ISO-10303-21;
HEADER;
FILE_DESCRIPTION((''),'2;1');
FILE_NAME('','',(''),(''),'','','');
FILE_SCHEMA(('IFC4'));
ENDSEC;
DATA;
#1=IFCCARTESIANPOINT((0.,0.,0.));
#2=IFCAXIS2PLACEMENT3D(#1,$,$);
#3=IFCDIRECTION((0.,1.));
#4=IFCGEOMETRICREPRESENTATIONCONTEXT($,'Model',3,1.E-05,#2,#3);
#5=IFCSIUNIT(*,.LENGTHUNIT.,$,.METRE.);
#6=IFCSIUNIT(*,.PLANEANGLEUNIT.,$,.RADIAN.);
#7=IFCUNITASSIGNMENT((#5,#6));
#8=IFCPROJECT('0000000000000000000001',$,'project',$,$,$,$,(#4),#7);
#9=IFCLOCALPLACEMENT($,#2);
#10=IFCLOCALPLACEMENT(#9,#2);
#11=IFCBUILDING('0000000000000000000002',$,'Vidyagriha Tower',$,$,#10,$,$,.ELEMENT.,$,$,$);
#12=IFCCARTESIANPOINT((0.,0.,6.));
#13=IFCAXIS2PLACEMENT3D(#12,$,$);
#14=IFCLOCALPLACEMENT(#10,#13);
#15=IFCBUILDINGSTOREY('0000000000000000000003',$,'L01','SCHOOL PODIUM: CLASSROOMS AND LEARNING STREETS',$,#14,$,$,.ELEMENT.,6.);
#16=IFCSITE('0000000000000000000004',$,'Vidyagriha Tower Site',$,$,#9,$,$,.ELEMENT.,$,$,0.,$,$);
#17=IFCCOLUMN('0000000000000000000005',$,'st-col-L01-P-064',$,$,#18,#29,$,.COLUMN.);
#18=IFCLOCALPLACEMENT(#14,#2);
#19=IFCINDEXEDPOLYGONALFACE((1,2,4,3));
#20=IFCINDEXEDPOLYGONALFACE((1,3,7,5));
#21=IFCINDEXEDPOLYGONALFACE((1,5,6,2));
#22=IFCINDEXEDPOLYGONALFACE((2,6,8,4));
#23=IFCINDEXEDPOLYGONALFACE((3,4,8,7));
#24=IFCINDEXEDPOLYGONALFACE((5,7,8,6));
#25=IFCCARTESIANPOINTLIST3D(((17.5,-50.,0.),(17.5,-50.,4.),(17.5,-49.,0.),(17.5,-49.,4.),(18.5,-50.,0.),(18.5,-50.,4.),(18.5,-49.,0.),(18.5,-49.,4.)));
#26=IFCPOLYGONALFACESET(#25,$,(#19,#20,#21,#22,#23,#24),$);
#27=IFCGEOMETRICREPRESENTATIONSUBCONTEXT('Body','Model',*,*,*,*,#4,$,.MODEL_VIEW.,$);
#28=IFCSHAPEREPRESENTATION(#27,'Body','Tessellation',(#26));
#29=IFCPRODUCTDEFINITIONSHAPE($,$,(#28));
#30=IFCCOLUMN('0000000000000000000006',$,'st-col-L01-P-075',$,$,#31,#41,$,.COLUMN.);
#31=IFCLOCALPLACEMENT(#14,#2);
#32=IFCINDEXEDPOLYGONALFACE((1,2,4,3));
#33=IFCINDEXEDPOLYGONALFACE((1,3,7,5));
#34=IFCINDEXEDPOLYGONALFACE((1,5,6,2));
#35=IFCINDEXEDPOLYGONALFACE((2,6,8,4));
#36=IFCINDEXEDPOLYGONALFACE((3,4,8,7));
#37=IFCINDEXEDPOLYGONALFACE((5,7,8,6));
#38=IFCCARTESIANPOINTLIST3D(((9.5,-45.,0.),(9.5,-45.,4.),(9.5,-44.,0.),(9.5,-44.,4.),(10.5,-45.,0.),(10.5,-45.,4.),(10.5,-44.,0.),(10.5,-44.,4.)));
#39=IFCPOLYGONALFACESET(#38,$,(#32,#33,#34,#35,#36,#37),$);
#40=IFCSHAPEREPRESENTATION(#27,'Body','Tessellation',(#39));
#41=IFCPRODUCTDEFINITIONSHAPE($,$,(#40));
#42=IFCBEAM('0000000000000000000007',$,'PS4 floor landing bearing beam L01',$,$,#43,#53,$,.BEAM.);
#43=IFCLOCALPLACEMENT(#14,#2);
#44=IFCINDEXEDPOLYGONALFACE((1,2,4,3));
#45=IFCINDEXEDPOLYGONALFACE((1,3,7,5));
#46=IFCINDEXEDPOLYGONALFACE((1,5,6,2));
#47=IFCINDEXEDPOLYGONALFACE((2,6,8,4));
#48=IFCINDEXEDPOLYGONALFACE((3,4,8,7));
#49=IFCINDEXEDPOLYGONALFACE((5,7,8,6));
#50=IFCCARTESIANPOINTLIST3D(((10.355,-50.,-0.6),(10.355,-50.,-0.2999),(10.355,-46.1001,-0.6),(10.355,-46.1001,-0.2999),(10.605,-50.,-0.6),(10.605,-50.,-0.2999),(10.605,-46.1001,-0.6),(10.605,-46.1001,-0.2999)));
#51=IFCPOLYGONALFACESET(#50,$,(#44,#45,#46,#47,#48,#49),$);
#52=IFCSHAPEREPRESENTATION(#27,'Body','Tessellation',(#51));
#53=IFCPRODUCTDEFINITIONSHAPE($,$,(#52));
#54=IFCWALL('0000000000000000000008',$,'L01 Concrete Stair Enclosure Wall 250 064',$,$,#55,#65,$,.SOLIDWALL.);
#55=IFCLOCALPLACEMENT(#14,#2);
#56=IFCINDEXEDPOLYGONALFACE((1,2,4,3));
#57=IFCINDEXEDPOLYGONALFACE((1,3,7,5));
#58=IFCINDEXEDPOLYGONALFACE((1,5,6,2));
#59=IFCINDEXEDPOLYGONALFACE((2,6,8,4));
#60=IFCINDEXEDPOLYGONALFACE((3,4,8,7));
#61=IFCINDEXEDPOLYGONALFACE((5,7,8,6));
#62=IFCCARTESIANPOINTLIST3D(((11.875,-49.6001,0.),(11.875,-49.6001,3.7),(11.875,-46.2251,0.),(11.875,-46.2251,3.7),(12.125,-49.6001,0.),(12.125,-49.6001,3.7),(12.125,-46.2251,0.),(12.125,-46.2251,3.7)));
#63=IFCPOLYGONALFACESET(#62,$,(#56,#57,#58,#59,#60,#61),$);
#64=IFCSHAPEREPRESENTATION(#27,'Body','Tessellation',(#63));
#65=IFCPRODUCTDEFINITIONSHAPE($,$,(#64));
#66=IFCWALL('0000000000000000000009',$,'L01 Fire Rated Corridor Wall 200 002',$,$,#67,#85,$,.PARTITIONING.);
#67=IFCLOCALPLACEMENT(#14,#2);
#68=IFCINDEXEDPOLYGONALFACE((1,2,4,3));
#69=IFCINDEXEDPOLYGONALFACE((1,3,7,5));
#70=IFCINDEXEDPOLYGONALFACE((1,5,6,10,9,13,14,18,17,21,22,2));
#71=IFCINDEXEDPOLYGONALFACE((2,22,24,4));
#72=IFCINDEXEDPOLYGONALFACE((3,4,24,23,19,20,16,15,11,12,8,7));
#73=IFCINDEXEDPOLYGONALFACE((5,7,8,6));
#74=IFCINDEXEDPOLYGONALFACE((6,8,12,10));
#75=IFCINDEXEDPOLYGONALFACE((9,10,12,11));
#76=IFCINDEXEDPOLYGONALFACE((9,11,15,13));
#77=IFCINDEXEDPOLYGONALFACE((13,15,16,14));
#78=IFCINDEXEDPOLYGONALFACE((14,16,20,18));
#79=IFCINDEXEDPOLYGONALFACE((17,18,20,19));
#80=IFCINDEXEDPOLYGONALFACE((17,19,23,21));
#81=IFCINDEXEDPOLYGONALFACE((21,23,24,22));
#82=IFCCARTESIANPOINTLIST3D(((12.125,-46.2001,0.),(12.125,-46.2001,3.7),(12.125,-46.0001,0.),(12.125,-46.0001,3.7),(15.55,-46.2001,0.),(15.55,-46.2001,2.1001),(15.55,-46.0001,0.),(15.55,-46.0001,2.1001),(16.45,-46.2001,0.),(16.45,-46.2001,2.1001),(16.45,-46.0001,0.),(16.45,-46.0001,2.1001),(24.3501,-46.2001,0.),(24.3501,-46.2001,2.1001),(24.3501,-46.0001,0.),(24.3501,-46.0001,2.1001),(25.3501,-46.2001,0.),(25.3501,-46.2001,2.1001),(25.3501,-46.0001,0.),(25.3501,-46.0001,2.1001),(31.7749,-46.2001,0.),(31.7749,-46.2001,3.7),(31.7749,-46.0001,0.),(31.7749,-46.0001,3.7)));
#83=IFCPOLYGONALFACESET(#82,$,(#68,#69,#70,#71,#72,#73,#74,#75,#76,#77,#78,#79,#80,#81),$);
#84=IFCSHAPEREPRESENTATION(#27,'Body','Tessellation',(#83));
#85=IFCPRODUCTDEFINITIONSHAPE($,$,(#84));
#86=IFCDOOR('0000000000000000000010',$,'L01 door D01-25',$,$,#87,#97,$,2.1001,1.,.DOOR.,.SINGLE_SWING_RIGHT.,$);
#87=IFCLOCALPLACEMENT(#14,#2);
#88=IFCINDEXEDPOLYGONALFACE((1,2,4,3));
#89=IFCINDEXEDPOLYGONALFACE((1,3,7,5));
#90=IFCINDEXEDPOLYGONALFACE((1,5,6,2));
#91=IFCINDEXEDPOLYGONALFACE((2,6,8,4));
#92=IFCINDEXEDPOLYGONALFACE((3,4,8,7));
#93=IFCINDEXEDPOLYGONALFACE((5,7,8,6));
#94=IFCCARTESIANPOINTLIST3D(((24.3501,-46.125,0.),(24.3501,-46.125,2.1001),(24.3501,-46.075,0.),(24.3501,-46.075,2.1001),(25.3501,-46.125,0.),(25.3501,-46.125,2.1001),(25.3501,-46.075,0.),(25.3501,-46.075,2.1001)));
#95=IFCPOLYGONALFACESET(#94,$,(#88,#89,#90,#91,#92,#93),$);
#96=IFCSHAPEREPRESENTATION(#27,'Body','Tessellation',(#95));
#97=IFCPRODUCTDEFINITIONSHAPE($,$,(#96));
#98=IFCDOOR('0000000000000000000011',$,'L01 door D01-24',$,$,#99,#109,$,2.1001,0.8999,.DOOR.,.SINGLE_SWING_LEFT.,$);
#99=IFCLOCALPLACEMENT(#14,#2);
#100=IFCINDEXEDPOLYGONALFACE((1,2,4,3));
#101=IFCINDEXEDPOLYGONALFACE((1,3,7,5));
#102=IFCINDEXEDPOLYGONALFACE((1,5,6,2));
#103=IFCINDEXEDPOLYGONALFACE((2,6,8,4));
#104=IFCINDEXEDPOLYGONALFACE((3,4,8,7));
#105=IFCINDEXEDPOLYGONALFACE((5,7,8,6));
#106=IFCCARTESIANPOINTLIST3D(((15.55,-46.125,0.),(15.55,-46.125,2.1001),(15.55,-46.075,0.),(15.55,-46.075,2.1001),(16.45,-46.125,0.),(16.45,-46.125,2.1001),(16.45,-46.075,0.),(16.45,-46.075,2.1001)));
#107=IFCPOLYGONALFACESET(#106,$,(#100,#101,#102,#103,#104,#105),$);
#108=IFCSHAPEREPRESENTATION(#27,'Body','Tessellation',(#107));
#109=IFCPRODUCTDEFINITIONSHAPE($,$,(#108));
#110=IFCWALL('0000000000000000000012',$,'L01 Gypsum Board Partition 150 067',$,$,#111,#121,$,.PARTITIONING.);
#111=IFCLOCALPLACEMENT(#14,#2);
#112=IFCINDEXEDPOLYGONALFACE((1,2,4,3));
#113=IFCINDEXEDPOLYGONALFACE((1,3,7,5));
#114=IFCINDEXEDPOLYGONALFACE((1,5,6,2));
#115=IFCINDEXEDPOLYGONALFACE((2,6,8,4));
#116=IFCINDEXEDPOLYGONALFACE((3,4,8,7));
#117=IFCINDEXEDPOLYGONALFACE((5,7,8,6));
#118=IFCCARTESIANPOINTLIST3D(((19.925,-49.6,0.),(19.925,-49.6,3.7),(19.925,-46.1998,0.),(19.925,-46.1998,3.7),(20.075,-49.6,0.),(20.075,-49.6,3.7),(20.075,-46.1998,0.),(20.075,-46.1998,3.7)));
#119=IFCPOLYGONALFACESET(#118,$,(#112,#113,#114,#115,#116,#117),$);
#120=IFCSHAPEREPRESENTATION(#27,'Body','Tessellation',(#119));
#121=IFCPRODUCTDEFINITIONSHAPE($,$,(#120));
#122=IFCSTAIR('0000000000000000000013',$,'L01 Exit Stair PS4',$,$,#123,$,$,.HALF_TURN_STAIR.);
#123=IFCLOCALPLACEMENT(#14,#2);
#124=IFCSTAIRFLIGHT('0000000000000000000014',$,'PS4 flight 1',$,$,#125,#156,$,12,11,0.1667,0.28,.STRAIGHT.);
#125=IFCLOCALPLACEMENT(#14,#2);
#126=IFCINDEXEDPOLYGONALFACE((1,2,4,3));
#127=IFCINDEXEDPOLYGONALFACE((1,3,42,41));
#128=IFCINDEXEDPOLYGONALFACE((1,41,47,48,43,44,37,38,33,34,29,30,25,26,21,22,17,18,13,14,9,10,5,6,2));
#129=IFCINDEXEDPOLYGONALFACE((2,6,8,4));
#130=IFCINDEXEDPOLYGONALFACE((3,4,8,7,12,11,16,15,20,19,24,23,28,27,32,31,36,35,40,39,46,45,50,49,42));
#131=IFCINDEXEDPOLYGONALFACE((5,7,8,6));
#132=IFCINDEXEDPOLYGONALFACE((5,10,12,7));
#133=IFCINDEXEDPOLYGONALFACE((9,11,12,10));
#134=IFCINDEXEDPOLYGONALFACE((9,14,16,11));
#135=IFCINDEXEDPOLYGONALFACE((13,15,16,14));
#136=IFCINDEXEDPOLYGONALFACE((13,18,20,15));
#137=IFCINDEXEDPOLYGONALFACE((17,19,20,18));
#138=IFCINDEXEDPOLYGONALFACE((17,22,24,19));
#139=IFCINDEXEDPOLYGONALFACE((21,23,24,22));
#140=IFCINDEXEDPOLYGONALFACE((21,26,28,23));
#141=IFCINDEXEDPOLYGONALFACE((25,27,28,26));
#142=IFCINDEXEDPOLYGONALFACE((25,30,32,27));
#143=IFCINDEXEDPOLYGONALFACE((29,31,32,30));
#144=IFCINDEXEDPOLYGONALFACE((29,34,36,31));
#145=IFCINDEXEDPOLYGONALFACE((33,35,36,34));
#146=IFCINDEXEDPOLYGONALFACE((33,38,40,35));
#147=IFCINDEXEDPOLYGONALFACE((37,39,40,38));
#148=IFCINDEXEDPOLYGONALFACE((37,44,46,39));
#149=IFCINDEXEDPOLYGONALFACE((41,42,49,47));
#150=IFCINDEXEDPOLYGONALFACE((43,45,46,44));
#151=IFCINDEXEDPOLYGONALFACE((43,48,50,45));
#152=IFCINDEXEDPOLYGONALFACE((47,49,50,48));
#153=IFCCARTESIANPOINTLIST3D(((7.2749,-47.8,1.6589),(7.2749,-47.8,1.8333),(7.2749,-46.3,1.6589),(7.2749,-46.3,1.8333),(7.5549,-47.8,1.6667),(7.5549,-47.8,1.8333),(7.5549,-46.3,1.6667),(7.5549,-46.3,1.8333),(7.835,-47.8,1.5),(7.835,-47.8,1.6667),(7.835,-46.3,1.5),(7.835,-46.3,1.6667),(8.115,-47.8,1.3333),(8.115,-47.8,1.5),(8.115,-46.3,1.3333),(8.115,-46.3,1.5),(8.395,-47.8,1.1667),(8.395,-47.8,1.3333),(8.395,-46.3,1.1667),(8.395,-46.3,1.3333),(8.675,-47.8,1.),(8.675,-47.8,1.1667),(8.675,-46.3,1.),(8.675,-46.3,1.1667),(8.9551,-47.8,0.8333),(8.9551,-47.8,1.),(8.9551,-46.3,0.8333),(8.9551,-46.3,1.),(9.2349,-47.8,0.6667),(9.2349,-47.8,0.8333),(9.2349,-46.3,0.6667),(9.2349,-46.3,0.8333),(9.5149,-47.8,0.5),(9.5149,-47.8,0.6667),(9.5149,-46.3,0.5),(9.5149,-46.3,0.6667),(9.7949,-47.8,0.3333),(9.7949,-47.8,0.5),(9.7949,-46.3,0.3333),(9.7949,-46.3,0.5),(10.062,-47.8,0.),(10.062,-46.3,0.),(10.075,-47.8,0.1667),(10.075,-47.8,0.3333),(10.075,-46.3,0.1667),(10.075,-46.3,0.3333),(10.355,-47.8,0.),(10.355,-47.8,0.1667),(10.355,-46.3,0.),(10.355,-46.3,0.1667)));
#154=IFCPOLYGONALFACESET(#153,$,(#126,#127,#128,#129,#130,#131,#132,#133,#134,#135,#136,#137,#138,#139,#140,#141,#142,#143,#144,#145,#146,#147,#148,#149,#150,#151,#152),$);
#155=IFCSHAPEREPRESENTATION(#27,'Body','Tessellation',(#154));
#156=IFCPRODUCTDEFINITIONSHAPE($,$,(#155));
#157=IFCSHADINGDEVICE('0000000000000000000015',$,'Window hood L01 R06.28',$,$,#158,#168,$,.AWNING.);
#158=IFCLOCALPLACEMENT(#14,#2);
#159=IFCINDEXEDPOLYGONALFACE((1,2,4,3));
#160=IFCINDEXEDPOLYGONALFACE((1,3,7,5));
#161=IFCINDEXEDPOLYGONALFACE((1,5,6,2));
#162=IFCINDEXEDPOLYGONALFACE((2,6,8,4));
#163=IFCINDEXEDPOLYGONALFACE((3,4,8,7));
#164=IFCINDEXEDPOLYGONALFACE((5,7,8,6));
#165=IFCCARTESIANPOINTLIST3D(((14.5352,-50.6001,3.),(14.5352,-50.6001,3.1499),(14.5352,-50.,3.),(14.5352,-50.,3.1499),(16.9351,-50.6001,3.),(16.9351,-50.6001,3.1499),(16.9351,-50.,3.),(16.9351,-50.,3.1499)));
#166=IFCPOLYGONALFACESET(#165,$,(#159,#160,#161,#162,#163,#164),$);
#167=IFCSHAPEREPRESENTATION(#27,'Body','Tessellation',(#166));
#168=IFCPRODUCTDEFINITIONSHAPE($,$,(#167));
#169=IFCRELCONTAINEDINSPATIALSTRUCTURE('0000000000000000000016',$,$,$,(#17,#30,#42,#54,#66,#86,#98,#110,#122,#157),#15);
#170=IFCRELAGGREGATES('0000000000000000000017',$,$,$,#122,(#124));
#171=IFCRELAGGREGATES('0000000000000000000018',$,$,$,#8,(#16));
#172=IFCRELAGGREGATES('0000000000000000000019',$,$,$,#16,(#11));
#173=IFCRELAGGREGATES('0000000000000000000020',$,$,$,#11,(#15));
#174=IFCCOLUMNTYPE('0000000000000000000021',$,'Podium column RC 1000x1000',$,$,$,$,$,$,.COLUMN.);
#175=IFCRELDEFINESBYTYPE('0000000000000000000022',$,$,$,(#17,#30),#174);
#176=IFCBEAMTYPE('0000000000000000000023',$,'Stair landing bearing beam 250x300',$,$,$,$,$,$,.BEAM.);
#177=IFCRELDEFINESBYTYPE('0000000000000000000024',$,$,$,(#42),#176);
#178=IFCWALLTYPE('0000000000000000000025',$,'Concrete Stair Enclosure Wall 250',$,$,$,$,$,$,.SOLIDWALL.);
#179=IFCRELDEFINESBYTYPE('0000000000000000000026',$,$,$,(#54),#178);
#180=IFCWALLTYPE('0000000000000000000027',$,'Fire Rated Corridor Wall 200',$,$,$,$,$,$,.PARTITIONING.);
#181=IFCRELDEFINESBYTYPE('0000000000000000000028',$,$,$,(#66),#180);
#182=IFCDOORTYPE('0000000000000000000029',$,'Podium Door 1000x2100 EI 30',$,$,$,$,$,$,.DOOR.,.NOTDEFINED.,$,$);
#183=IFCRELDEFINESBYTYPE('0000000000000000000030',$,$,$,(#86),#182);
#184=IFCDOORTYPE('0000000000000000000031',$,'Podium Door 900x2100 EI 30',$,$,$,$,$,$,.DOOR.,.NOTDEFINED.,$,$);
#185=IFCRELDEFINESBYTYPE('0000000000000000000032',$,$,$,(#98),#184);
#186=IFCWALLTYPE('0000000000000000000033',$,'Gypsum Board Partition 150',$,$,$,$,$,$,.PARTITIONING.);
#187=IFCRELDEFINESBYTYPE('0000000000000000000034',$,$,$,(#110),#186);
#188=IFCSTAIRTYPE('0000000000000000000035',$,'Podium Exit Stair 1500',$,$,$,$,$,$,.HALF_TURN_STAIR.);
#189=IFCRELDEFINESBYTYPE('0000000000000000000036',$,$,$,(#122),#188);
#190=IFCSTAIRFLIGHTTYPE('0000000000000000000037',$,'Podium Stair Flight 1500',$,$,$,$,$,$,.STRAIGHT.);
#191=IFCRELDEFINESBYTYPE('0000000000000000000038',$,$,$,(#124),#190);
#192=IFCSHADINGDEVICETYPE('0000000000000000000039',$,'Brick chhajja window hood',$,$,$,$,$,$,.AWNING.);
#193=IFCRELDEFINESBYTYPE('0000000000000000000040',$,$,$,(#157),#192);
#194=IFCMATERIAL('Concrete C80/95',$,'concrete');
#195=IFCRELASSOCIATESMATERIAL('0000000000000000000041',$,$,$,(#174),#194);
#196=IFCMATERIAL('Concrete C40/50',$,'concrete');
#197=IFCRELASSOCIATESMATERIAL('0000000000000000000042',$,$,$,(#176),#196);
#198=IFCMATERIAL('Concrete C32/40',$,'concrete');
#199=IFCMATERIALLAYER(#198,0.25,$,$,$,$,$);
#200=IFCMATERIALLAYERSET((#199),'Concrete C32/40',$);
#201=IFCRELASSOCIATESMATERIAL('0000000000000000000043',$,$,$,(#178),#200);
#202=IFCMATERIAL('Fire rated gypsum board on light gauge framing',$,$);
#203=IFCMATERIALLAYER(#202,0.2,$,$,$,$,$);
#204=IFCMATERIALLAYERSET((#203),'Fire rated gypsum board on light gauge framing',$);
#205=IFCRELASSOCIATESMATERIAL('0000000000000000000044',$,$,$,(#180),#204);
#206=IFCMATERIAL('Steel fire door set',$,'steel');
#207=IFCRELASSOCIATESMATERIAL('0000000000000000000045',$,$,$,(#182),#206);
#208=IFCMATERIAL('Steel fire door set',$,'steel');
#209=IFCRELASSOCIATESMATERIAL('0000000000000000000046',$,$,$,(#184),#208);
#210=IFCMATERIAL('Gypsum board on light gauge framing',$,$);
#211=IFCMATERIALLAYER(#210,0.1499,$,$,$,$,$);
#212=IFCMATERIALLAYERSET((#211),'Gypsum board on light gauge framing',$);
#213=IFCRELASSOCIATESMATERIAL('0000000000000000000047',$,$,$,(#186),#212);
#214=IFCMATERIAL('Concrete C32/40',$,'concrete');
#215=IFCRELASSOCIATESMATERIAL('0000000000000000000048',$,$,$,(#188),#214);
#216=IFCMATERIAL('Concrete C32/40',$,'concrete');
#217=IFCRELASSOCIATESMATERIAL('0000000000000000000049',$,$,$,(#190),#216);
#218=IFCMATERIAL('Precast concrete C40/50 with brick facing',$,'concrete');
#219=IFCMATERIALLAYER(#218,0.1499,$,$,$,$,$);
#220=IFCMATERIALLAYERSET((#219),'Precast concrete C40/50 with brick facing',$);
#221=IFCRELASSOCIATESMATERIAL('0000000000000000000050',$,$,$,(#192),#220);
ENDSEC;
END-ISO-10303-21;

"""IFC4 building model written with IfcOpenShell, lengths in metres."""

from ifc_helpers import new_model, si_unit, direction, frame, frame_2d, origin, origin_2d, place, context, subcontext, project, spatial, polyline, rectangle, outline, extrude, material, layer, layer_set, material_profile, profile_set, type_object, element, fill, aggregate, save


model = new_model("IFC4")

# Units and contexts
model_context = context("Model", 3, precision=1e-05, world=origin(), true_north=direction((0.0, 1.0)))
body_context = subcontext(model_context, "Body", "Model", "MODEL_VIEW")
ifc_project = project(units=[si_unit("LENGTHUNIT", "METRE"), si_unit("PLANEANGLEUNIT", "RADIAN")], contexts=[model_context])

# Site, building, storey
site_placement = place(None, origin())
site = spatial("IfcSite", under=ifc_project, at=site_placement, Name="Vidyagriha Tower Site", CompositionType="ELEMENT", RefElevation=0.0)
building_placement = place(site_placement, origin())
building = spatial("IfcBuilding", under=site, at=building_placement, Name="Vidyagriha Tower", CompositionType="ELEMENT")
storey_placement = place(building_placement, frame((0.0, 0.0, 6.0)))
storey = spatial("IfcBuildingStorey", under=building, at=storey_placement, Name="L01", Description="SCHOOL PODIUM: CLASSROOMS AND LEARNING STREETS", CompositionType="ELEMENT", Elevation=6.0)

# Columns
ifc_material_1 = material(Name="Concrete C80/95", Category="concrete")
ifc_material_profile_1 = material_profile(ifc_material_1, rectangle(XDim=1.0, YDim=1.0, at=origin_2d()), Name="RC 1000x1000")
ifc_profile_set_1 = profile_set([ifc_material_profile_1], Name="Concrete C80/95")
column_type = type_object("IfcColumnType", Name="Podium column RC 1000x1000", PredefinedType="COLUMN", material=ifc_profile_set_1)
for number, where, name in (
    (1, (18.0, -49.5, 0.0), "st-col-L01-P-064"),
    (2, (10.0, -44.5, 0.0), "st-col-L01-P-075"),
):
    element("IfcColumn", number, at=place(storey_placement, frame(where)), inside=storey, type_object=column_type, Name=name, PredefinedType="COLUMN", context=body_context, shape_type="SweptSolid", body=[
        extrude(rectangle(XDim=1.0, YDim=1.0, at=origin_2d()), origin(), (0.0, 0.0, 1.0), 4.0),
    ])

# Beam
ifc_material_2 = material(Name="Concrete C40/50", Category="concrete")
ifc_material_profile_2 = material_profile(ifc_material_2, rectangle(XDim=0.25, YDim=0.3, at=origin_2d()), Name="Stair landing bearing beam 250x300")
ifc_profile_set_2 = profile_set([ifc_material_profile_2], Name="Concrete C40/50")
beam_type = type_object("IfcBeamType", Name="Stair landing bearing beam 250x300", PredefinedType="BEAM", material=ifc_profile_set_2)
beam_placement = place(storey_placement, frame((10.48, -50.0, -0.45), z_axis=(0.0, 1.0, 0.0), x_axis=(-1.0, 0.0, 0.0)))
element("IfcBeam", 3, at=beam_placement, inside=storey, type_object=beam_type, Name="PS4 floor landing bearing beam L01", PredefinedType="BEAM", context=body_context, shape_type="SweptSolid", body=[
    extrude(rectangle(XDim=0.25, YDim=0.3, at=origin_2d()), origin(), (0.0, 0.0, 1.0), 3.8999),
])

# Wall
ifc_material_3 = material(Name="Concrete C32/40", Category="concrete")
ifc_layer_1 = layer(ifc_material_3, 0.25)
ifc_layer_set_1 = layer_set([ifc_layer_1], Name="Concrete C32/40")
wall_type_1 = type_object("IfcWallType", Name="Concrete Stair Enclosure Wall 250", PredefinedType="SOLIDWALL", material=ifc_layer_set_1)
wall_1_placement = place(storey_placement, frame((12.0, -49.6001, 0.0), z_axis=(0.0, 0.0, 1.0), x_axis=(0.0, 1.0, 0.0)))
element("IfcWall", 4, at=wall_1_placement, inside=storey, type_object=wall_type_1, Name="L01 Concrete Stair Enclosure Wall 250 064", PredefinedType="SOLIDWALL", context=body_context, shape_type="SweptSolid", body=[
    extrude(rectangle(XDim=3.375, YDim=0.25, at=frame_2d((1.6875, 0.0))), origin(), (0.0, 0.0, 1.0), 3.7),
])

# Wall, openings, doors
ifc_material_4 = material(Name="Fire rated gypsum board on light gauge framing")
ifc_layer_2 = layer(ifc_material_4, 0.2)
ifc_layer_set_2 = layer_set([ifc_layer_2], Name="Fire rated gypsum board on light gauge framing")
wall_type_2 = type_object("IfcWallType", Name="Fire Rated Corridor Wall 200", PredefinedType="PARTITIONING", material=ifc_layer_set_2)
wall_2_placement = place(storey_placement, frame((12.125, -46.1001, 0.0)))
wall_2 = element("IfcWall", 5, at=wall_2_placement, inside=storey, type_object=wall_type_2, Name="L01 Fire Rated Corridor Wall 200 002", PredefinedType="PARTITIONING", context=body_context, shape_type="SweptSolid", body=[
    extrude(rectangle(XDim=19.6499, YDim=0.2, at=frame_2d((9.825, 0.0))), origin(), (0.0, 0.0, 1.0), 3.7),
])
opening_1_placement = place(wall_2_placement, frame((3.425, 0.0, 0.0)))
opening_1 = element("IfcOpeningElement", 6, at=opening_1_placement, cuts=wall_2, PredefinedType="OPENING", context=body_context, shape_type="SweptSolid", body=[
    extrude(rectangle(XDim=0.8999, YDim=2.1001, at=frame_2d((0.45, 1.05))), frame((0.0, 0.1099, 0.0), z_axis=(0.0, -1.0, 0.0), x_axis=(1.0, 0.0, 0.0)), (0.0, 0.0, 1.0), 0.22),
])
opening_2_placement = place(wall_2_placement, frame((12.2251, 0.0, 0.0)))
opening_2 = element("IfcOpeningElement", 7, at=opening_2_placement, cuts=wall_2, PredefinedType="OPENING", context=body_context, shape_type="SweptSolid", body=[
    extrude(rectangle(XDim=1.0, YDim=2.1001, at=frame_2d((0.5, 1.05))), frame((0.0, 0.1099, 0.0), z_axis=(0.0, -1.0, 0.0), x_axis=(1.0, 0.0, 0.0)), (0.0, 0.0, 1.0), 0.22),
])
ifc_material_5 = material(Name="Steel fire door set", Category="steel")
door_type_1 = type_object("IfcDoorType", Name="Podium Door 1000x2100 EI 30", OperationType="NOTDEFINED", PredefinedType="DOOR", material=ifc_material_5)
door_1_placement = place(opening_2_placement, frame((1.0, 0.0, 0.0), z_axis=(0.0, 0.0, 1.0), x_axis=(-1.0, 0.0, 0.0)))
door_1 = element("IfcDoor", 8, at=door_1_placement, inside=storey, type_object=door_type_1, Name="L01 door D01-25", OperationType="SINGLE_SWING_RIGHT", OverallHeight=2.1001, OverallWidth=1.0, PredefinedType="DOOR", context=body_context, shape_type="SweptSolid", body=[
    extrude(rectangle(XDim=1.0, YDim=2.1001, at=frame_2d((0.5, 1.05))), frame((0.0, 0.0249, 0.0), z_axis=(0.0, -1.0, 0.0), x_axis=(1.0, 0.0, 0.0)), (0.0, 0.0, 1.0), 0.05),
])
fill(opening_2, door_1)
ifc_material_6 = material(Name="Steel fire door set", Category="steel")
door_type_2 = type_object("IfcDoorType", Name="Podium Door 900x2100 EI 30", OperationType="NOTDEFINED", PredefinedType="DOOR", material=ifc_material_6)
door_2_placement = place(opening_1_placement, frame((0.8999, 0.0, 0.0), z_axis=(0.0, 0.0, 1.0), x_axis=(-1.0, 0.0, 0.0)))
door_2 = element("IfcDoor", 9, at=door_2_placement, inside=storey, type_object=door_type_2, Name="L01 door D01-24", OperationType="SINGLE_SWING_LEFT", OverallHeight=2.1001, OverallWidth=0.8999, PredefinedType="DOOR", context=body_context, shape_type="SweptSolid", body=[
    extrude(rectangle(XDim=0.8999, YDim=2.1001, at=frame_2d((0.45, 1.05))), frame((0.0, 0.0249, 0.0), z_axis=(0.0, -1.0, 0.0), x_axis=(1.0, 0.0, 0.0)), (0.0, 0.0, 1.0), 0.05),
])
fill(opening_1, door_2)

# Wall
ifc_material_7 = material(Name="Gypsum board on light gauge framing")
ifc_layer_3 = layer(ifc_material_7, 0.1499)
ifc_layer_set_3 = layer_set([ifc_layer_3], Name="Gypsum board on light gauge framing")
wall_type_3 = type_object("IfcWallType", Name="Gypsum Board Partition 150", PredefinedType="PARTITIONING", material=ifc_layer_set_3)
wall_3_placement = place(storey_placement, frame((20.0, -49.6001, 0.0), z_axis=(0.0, 0.0, 1.0), x_axis=(0.0, 1.0, 0.0)))
element("IfcWall", 10, at=wall_3_placement, inside=storey, type_object=wall_type_3, Name="L01 Gypsum Board Partition 150 067", PredefinedType="PARTITIONING", context=body_context, shape_type="SweptSolid", body=[
    extrude(rectangle(XDim=3.4001, YDim=0.1499, at=frame_2d((1.7002, 0.0))), origin(), (0.0, 0.0, 1.0), 3.7),
])

# Stair, stair flight
ifc_material_8 = material(Name="Concrete C32/40", Category="concrete")
stair_type = type_object("IfcStairType", Name="Podium Exit Stair 1500", PredefinedType="HALF_TURN_STAIR", material=ifc_material_8)
stair_placement = place(storey_placement, origin())
stair = element("IfcStair", 11, at=stair_placement, inside=storey, type_object=stair_type, Name="L01 Exit Stair PS4", PredefinedType="HALF_TURN_STAIR")
ifc_material_9 = material(Name="Concrete C32/40", Category="concrete")
stair_flight_type = type_object("IfcStairFlightType", Name="Podium Stair Flight 1500", PredefinedType="STRAIGHT", material=ifc_material_9)
stair_flight_placement = place(storey_placement, frame((10.355, -47.05, 0.0), z_axis=(0.0, 0.0, 1.0), x_axis=(-1.0, 0.0, 0.0)))
stair_flight = element("IfcStairFlight", 12, at=stair_flight_placement, type_object=stair_flight_type, Name="PS4 flight 1", NumberOfRisers=12, NumberOfTreads=11, PredefinedType="STRAIGHT", RiserHeight=0.1667, TreadLength=0.28, context=body_context, shape_type="SweptSolid", body=[
    extrude(outline(polyline([(0.0, 0.0), (0.0, 0.1667), (0.28, 0.1667), (0.28, 0.3333), (0.5601, 0.3333), (0.5601, 0.5), (0.8401, 0.5), (0.8401, 0.6667), (1.1201, 0.6667), (1.1201, 0.8333), (1.3999, 0.8333), (1.3999, 1.0), (1.6799, 1.0), (1.6799, 1.1667), (1.96, 1.1667), (1.96, 1.3333), (2.24, 1.3333), (2.24, 1.5), (2.52, 1.5), (2.52, 1.6667), (2.8, 1.6667), (2.8, 1.8333), (3.0801, 1.8333), (3.0801, 2.0), (3.0801, 1.6589), (0.293, 0.0), (0.0, 0.0)])), frame((0.0, 0.75, 0.0), z_axis=(0.0, -1.0, 0.0), x_axis=(1.0, 0.0, 0.0)), (0.0, 0.0, 1.0), 1.5),
])
aggregate(stair, [stair_flight])

# Shading device
ifc_material_10 = material(Name="Precast concrete C40/50 with brick facing", Category="concrete")
ifc_layer_4 = layer(ifc_material_10, 0.1499)
ifc_layer_set_4 = layer_set([ifc_layer_4], Name="Precast concrete C40/50 with brick facing")
shading_device_type_1 = type_object("IfcShadingDeviceType", Name="Brick chhajja window hood", PredefinedType="AWNING", material=ifc_layer_set_4)
shading_device_placement = place(storey_placement, frame((15.7351, -50.3, 3.0)))
element("IfcShadingDevice", 13, at=shading_device_placement, inside=storey, type_object=shading_device_type_1, Name="Window hood L01 R06.28", PredefinedType="AWNING", context=body_context, shape_type="SweptSolid", body=[
    extrude(rectangle(XDim=2.3999, YDim=0.6001, at=origin_2d()), origin(), (0.0, 0.0, 1.0), 0.1499),
])

save(model, "model.ifc")
